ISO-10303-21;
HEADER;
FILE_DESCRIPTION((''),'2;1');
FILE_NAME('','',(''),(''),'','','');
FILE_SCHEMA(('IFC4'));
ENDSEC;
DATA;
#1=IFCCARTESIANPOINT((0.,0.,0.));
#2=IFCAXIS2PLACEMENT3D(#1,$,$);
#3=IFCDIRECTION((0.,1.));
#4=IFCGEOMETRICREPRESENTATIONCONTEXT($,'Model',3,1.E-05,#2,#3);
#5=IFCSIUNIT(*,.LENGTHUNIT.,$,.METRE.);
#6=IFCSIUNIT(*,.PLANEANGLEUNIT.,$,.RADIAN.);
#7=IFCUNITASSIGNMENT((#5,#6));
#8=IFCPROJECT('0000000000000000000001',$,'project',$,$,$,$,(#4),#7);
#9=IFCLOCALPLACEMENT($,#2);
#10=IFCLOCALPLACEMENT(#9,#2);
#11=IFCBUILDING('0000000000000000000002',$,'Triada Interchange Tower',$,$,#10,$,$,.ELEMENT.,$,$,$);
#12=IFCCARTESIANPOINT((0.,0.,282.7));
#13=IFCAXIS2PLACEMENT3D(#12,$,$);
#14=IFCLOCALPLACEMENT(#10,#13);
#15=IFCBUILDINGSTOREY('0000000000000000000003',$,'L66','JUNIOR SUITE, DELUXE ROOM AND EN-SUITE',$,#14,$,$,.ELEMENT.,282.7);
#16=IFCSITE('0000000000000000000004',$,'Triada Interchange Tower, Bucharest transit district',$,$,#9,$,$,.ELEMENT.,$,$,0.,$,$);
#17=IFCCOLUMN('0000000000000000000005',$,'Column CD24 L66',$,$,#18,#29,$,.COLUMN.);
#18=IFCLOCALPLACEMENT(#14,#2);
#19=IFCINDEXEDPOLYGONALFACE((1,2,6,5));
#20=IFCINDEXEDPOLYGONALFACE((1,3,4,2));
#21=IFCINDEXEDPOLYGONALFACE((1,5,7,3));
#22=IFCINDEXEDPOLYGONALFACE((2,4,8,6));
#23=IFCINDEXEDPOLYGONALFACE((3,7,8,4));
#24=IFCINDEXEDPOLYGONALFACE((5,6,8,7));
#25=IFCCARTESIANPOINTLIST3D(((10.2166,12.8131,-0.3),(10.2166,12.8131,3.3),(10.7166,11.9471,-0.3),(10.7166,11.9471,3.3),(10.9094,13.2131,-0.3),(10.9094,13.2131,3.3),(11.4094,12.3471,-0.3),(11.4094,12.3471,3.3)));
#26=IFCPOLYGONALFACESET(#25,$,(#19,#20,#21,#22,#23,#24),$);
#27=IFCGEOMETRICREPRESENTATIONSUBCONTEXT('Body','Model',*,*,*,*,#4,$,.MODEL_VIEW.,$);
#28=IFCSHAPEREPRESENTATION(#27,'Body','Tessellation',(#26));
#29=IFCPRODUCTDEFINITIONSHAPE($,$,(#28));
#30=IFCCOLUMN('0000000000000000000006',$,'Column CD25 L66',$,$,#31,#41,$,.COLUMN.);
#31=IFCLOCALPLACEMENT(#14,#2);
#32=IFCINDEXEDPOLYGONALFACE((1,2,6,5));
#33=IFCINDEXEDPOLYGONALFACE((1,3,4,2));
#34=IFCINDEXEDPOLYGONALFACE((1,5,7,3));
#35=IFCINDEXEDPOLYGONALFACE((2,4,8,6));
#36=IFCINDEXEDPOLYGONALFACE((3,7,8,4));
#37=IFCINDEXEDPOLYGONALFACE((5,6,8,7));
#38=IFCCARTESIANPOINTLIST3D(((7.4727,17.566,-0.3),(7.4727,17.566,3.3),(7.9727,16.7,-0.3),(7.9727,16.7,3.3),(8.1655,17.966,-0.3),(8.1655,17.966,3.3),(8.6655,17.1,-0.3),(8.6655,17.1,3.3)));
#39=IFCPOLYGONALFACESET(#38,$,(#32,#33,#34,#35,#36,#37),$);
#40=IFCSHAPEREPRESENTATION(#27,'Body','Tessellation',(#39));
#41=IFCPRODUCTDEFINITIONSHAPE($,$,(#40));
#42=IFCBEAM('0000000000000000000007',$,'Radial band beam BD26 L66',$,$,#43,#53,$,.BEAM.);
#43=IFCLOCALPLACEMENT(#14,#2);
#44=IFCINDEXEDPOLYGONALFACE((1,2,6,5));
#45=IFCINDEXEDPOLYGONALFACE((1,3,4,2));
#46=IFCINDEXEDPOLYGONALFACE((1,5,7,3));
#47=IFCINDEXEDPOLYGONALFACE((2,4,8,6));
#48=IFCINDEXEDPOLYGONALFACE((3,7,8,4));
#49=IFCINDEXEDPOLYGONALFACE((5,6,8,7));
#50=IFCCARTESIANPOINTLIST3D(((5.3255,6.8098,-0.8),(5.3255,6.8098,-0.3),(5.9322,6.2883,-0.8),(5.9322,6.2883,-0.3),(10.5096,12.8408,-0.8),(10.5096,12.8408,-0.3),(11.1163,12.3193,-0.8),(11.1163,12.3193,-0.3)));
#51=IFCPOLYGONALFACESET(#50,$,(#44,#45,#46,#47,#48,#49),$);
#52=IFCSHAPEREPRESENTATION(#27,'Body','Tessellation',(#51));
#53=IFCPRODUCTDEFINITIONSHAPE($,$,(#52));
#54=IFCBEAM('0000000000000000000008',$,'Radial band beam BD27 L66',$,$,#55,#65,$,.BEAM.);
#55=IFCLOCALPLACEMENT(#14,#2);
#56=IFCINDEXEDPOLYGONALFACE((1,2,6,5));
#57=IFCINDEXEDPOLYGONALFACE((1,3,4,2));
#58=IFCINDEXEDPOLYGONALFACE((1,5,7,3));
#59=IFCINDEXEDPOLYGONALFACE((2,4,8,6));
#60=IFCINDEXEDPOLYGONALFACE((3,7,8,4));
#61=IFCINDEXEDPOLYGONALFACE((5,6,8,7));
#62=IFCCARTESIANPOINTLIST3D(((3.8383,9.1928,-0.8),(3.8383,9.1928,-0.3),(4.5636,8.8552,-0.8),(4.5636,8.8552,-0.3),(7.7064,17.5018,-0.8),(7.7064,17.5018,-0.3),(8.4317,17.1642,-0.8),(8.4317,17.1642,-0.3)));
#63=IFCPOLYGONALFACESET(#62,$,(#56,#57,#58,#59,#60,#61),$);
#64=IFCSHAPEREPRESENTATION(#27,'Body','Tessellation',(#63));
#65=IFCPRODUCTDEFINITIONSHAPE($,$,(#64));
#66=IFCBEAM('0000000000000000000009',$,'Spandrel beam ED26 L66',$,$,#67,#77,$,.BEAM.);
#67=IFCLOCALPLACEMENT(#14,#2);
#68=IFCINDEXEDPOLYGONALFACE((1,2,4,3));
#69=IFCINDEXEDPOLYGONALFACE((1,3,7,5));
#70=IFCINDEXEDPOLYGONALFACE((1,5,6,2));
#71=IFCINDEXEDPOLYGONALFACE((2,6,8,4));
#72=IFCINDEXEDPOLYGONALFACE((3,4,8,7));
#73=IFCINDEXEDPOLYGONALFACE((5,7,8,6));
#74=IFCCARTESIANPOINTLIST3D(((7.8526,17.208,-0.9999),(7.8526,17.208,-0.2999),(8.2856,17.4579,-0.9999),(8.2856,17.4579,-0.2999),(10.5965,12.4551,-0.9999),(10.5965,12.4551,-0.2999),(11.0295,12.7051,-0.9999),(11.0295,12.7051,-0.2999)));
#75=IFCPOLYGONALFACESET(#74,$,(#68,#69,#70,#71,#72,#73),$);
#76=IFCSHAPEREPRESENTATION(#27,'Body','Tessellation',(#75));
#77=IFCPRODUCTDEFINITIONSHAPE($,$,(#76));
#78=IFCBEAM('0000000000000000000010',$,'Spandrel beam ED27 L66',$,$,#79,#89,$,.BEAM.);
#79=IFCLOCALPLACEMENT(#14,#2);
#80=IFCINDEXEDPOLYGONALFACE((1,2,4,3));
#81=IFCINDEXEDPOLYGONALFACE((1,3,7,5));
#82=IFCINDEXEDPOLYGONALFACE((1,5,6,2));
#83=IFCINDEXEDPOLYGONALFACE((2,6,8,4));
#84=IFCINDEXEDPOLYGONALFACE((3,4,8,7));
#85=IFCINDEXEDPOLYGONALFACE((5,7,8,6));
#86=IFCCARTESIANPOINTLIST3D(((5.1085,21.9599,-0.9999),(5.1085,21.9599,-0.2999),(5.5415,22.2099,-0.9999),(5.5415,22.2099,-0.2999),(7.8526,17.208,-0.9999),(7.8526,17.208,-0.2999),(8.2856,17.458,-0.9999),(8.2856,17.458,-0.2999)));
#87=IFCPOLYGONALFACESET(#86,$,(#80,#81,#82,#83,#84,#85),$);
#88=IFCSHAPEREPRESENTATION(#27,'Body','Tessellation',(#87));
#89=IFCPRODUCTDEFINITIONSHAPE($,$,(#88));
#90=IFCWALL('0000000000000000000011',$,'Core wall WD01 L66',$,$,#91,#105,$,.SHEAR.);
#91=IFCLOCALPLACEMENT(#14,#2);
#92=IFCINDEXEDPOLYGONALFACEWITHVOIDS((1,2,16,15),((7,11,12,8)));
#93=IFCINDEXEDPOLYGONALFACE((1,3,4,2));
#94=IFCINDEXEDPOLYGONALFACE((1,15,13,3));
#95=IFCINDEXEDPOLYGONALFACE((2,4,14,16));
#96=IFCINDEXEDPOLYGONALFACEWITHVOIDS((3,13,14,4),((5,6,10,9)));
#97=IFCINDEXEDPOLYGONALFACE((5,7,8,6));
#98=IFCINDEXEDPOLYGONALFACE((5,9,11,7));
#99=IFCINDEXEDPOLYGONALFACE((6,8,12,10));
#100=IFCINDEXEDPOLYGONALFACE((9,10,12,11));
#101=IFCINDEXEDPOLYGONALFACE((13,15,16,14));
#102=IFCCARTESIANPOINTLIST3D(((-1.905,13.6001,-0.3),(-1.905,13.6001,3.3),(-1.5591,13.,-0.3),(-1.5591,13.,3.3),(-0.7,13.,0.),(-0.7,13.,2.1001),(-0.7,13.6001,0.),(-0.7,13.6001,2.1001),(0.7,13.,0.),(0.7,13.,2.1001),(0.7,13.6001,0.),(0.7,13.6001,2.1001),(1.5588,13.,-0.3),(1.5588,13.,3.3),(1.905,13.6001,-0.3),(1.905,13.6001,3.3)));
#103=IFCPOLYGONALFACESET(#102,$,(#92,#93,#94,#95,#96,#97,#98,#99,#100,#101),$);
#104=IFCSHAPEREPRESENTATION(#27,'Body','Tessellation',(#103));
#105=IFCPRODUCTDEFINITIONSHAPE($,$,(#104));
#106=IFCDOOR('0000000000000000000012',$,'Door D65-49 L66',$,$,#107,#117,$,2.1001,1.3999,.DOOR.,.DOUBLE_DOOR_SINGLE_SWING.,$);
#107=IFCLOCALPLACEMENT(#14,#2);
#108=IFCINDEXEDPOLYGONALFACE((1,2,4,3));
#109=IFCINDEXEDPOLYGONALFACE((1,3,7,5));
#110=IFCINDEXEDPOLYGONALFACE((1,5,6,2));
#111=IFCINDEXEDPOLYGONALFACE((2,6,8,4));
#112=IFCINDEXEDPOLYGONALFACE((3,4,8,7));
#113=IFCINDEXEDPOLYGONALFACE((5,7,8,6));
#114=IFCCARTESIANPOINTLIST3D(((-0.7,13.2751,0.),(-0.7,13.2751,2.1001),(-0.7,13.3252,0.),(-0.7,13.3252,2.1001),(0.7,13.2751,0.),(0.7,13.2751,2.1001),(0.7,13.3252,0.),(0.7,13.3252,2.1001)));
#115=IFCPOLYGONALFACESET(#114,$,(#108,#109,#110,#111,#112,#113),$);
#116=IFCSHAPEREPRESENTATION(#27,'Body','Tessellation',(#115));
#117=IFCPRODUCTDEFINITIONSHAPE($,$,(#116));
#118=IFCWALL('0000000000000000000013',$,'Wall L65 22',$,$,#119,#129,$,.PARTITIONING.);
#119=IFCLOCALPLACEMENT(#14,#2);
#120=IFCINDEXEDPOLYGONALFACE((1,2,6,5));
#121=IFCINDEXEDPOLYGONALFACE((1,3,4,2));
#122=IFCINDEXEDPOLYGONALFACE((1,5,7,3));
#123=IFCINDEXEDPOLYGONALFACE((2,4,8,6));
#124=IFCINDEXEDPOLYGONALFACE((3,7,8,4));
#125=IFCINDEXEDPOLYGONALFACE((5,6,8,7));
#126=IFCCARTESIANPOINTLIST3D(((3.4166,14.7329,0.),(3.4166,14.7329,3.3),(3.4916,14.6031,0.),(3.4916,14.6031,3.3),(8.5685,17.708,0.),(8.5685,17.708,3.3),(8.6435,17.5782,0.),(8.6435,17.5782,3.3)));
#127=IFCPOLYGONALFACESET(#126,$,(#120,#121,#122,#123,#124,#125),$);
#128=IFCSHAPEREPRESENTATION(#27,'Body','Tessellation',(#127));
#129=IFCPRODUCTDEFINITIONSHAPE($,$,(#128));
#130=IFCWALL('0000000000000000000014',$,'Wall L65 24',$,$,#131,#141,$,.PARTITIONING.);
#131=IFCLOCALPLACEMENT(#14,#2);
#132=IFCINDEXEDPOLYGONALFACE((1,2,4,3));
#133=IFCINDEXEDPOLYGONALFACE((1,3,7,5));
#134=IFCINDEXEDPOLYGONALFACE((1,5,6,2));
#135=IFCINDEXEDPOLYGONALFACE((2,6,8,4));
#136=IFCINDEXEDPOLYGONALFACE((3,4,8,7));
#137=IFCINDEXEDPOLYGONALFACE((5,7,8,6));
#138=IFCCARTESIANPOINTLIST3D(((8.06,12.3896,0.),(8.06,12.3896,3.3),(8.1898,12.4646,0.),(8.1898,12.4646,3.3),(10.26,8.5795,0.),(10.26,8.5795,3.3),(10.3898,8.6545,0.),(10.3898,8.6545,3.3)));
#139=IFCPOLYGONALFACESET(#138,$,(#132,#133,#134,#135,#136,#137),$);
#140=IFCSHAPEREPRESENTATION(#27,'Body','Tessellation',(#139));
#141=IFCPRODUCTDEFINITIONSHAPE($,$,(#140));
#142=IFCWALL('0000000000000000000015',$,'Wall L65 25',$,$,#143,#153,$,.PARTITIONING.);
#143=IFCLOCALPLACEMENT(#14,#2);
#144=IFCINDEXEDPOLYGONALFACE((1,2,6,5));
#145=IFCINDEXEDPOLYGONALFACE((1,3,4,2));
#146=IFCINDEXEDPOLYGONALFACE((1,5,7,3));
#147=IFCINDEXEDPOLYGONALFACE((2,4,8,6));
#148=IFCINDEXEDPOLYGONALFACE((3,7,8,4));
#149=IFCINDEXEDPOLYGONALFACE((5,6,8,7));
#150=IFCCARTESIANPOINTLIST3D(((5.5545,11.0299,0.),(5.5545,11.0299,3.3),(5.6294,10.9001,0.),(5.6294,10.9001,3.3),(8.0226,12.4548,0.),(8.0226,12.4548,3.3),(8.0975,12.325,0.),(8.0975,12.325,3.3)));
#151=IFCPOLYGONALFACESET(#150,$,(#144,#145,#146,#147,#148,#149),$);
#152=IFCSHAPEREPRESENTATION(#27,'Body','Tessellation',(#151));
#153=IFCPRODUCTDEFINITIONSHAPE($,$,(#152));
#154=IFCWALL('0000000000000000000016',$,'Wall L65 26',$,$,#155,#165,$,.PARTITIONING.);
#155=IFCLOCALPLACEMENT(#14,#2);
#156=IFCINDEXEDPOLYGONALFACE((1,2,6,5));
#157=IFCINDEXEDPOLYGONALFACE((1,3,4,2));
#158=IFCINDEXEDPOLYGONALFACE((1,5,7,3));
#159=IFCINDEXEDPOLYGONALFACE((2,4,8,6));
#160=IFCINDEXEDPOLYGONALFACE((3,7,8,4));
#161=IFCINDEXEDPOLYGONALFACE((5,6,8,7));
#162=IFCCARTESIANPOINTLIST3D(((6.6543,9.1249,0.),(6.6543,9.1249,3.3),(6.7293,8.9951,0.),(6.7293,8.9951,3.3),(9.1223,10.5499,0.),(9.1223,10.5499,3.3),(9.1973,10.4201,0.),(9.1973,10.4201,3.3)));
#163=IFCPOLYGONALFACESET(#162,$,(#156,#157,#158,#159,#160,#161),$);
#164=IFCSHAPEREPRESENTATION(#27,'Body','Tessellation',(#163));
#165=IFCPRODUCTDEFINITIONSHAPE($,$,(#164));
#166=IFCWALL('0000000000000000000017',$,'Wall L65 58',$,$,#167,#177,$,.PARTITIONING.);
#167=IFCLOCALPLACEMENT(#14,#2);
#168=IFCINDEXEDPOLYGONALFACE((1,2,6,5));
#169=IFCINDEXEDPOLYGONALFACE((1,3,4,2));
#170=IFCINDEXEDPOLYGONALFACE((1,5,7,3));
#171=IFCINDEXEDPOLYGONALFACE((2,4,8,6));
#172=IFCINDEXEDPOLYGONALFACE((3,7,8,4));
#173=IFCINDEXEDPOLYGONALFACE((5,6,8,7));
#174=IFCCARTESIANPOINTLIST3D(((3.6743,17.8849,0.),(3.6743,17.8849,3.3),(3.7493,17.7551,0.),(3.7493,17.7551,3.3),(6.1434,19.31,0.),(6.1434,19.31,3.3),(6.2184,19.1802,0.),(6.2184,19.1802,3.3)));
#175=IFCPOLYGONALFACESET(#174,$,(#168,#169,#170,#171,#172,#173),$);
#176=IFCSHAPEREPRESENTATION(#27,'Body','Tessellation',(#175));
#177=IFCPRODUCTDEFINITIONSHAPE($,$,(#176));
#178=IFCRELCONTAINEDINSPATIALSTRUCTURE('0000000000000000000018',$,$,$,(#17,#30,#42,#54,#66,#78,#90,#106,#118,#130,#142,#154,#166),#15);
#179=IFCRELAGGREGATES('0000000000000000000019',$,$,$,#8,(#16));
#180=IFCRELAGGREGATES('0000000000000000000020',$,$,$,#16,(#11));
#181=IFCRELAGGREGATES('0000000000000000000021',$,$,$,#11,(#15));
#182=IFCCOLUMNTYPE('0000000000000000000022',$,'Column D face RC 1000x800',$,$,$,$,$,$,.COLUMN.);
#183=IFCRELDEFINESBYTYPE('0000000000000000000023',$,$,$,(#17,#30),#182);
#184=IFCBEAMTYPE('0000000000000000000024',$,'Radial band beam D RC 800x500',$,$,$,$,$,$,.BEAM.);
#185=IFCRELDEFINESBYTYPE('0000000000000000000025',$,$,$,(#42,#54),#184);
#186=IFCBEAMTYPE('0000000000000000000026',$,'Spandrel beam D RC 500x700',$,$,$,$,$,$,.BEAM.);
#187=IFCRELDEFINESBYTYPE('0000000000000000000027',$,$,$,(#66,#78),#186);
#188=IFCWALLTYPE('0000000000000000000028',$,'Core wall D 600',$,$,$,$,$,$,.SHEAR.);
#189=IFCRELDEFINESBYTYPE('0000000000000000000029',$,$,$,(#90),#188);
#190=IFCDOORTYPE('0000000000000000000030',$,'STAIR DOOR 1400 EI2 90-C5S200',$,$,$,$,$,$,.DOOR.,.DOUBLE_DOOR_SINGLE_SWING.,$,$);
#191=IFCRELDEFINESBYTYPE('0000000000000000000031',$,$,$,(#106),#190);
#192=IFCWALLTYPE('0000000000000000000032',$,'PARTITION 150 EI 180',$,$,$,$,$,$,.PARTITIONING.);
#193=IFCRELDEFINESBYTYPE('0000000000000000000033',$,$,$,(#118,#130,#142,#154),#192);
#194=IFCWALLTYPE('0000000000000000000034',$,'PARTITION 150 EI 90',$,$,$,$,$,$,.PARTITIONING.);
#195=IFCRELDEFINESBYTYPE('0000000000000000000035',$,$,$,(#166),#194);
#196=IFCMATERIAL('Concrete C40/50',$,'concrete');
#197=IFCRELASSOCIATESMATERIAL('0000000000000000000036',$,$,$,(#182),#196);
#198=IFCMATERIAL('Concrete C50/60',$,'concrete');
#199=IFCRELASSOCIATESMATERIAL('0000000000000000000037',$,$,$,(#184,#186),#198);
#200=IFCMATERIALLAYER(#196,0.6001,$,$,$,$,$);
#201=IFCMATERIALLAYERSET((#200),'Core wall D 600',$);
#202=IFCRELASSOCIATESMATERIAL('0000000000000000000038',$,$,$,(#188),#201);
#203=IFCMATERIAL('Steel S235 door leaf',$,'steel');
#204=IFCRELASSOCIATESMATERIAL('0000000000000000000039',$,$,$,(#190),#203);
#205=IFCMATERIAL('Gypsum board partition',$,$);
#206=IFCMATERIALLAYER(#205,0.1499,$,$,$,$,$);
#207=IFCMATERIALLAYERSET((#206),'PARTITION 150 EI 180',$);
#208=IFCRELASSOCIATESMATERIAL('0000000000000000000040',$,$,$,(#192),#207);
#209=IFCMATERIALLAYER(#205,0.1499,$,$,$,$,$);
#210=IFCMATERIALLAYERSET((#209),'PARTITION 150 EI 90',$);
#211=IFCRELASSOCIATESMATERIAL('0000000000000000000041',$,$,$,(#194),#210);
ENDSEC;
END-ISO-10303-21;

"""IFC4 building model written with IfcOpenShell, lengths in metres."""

from ifc_helpers import new_model, si_unit, direction, frame, frame_2d, origin, origin_2d, place, context, subcontext, project, spatial, polyline, rectangle, outline, extrude, material, layer, layer_set, material_profile, profile_set, type_object, element, fill, save


model = new_model("IFC4")

# Units and contexts
model_context = context("Model", 3, precision=1e-05, world=origin(), true_north=direction((0.0, 1.0)))
body_context = subcontext(model_context, "Body", "Model", "MODEL_VIEW")
ifc_project = project(units=[si_unit("LENGTHUNIT", "METRE"), si_unit("PLANEANGLEUNIT", "RADIAN")], contexts=[model_context])

# Site, building, storey
site_placement = place(None, origin())
site = spatial("IfcSite", under=ifc_project, at=site_placement, Name="Triada Interchange Tower, Bucharest transit district", CompositionType="ELEMENT", RefElevation=0.0)
building_placement = place(site_placement, origin())
building = spatial("IfcBuilding", under=site, at=building_placement, Name="Triada Interchange Tower", CompositionType="ELEMENT")
storey_placement = place(building_placement, frame((0.0, 0.0, 282.7)))
storey = spatial("IfcBuildingStorey", under=building, at=storey_placement, Name="L66", Description="JUNIOR SUITE, DELUXE ROOM AND EN-SUITE", CompositionType="ELEMENT", Elevation=282.7)

# Columns
ifc_material_1 = material(Name="Concrete C40/50", Category="concrete")
ifc_material_profile_1 = material_profile(ifc_material_1, rectangle(XDim=1.0, YDim=0.8, at=origin_2d()), Name="RC 1000x800")
ifc_profile_set_1 = profile_set([ifc_material_profile_1], Name="Concrete C40/50")
column_type = type_object("IfcColumnType", Name="Column D face RC 1000x800", PredefinedType="COLUMN", material=ifc_profile_set_1)
for number, where, z_axis, x_axis, name in (
    (1, (10.813, 12.5801, -0.3), (0.0, 0.0, 1.0), (-0.5, 0.866025, 0.0), "Column CD24 L66"),
    (2, (8.0691, 17.333, -0.3), (0.0, 0.0, 1.0), (-0.5, 0.866025, 0.0), "Column CD25 L66"),
):
    element("IfcColumn", number, at=place(storey_placement, frame(where, z_axis=z_axis, x_axis=x_axis)), inside=storey, type_object=column_type, Name=name, PredefinedType="COLUMN", context=body_context, shape_type="SweptSolid", body=[
        extrude(rectangle(XDim=1.0, YDim=0.8, at=origin_2d()), origin(), (0.0, 0.0, 1.0), 3.6001),
    ])

# Beams
ifc_material_2 = material(Name="Concrete C50/60", Category="concrete")
ifc_material_profile_2 = material_profile(ifc_material_2, rectangle(XDim=0.8, YDim=0.5, at=origin_2d()), Name="RC 800x500")
ifc_profile_set_2 = profile_set([ifc_material_profile_2], Name="Concrete C50/60")
beam_type_1 = type_object("IfcBeamType", Name="Radial band beam D RC 800x500", PredefinedType="BEAM", material=ifc_profile_set_2)
beam_1_placement = place(storey_placement, frame((10.813, 12.5801, -0.55), z_axis=(-0.651853, -0.758346, 0.0), x_axis=(0.758346, -0.651853, 0.0)))
element("IfcBeam", 3, at=beam_1_placement, inside=storey, type_object=beam_type_1, Name="Radial band beam BD26 L66", PredefinedType="BEAM", context=body_context, shape_type="SweptSolid", body=[
    extrude(rectangle(XDim=0.8, YDim=0.5, at=origin_2d()), origin(), (0.0, 0.0, 1.0), 7.9529),
])
beam_2_placement = place(storey_placement, frame((8.0691, 17.333, -0.55), z_axis=(-0.422042, -0.906576, 0.0), x_axis=(0.906576, -0.422042, 0.0)))
element("IfcBeam", 4, at=beam_2_placement, inside=storey, type_object=beam_type_1, Name="Radial band beam BD27 L66", PredefinedType="BEAM", context=body_context, shape_type="SweptSolid", body=[
    extrude(rectangle(XDim=0.8, YDim=0.5, at=origin_2d()), origin(), (0.0, 0.0, 1.0), 9.1653),
])
ifc_material_profile_3 = material_profile(ifc_material_2, rectangle(XDim=0.5, YDim=0.7, at=origin_2d()), Name="RC 500x700")
ifc_profile_set_3 = profile_set([ifc_material_profile_3], Name="Concrete C50/60")
beam_type_2 = type_object("IfcBeamType", Name="Spandrel beam D RC 500x700", PredefinedType="BEAM", material=ifc_profile_set_3)
beam_3_placement = place(storey_placement, frame((10.813, 12.5801, -0.6499), z_axis=(-0.499971, 0.866042, 0.0), x_axis=(-0.866042, -0.499971, 0.0)))
element("IfcBeam", 5, at=beam_3_placement, inside=storey, type_object=beam_type_2, Name="Spandrel beam ED26 L66", PredefinedType="BEAM", context=body_context, shape_type="SweptSolid", body=[
    extrude(rectangle(XDim=0.5, YDim=0.7, at=origin_2d()), origin(), (0.0, 0.0, 1.0), 5.488),
])
beam_4_placement = place(storey_placement, frame((8.0691, 17.333, -0.6499), z_axis=(-0.500082, 0.865978, 0.0), x_axis=(-0.865978, -0.500082, 0.0)))
element("IfcBeam", 6, at=beam_4_placement, inside=storey, type_object=beam_type_2, Name="Spandrel beam ED27 L66", PredefinedType="BEAM", context=body_context, shape_type="SweptSolid", body=[
    extrude(rectangle(XDim=0.5, YDim=0.7, at=origin_2d()), origin(), (0.0, 0.0, 1.0), 5.4873),
])

# Wall, opening, door
ifc_layer_1 = layer(ifc_material_1, 0.6001)
ifc_layer_set_1 = layer_set([ifc_layer_1], Name="Core wall D 600")
wall_type_1 = type_object("IfcWallType", Name="Core wall D 600", PredefinedType="SHEAR", material=ifc_layer_set_1)
wall_1_placement = place(storey_placement, frame((1.7319, 13.3, -0.3), z_axis=(0.0, 0.0, 1.0), x_axis=(-1.0, 0.0, 0.0)))
wall_1 = element("IfcWall", 7, at=wall_1_placement, inside=storey, type_object=wall_type_1, Name="Core wall WD01 L66", PredefinedType="SHEAR", context=body_context, shape_type="SweptSolid", body=[
    extrude(outline(polyline([(-0.1731, -0.3), (1.7319, -0.3), (3.637, -0.3), (3.291, 0.3), (1.7319, 0.3), (0.1731, 0.3), (-0.1731, -0.3)])), origin(), (0.0, 0.0, 1.0), 3.6001),
])
opening_placement = place(wall_1_placement, frame((1.032, 0.0, 0.3)))
opening = element("IfcOpeningElement", 8, at=opening_placement, cuts=wall_1, PredefinedType="OPENING", context=body_context, shape_type="SweptSolid", body=[
    extrude(rectangle(XDim=1.3999, YDim=2.1001, at=frame_2d((0.7, 1.05))), frame((0.0, 0.3101, 0.0), z_axis=(0.0, -1.0, 0.0), x_axis=(1.0, 0.0, 0.0)), (0.0, 0.0, 1.0), 0.6201),
])
ifc_material_3 = material(Name="Steel S235 door leaf", Category="steel")
door_type = type_object("IfcDoorType", Name="STAIR DOOR 1400 EI2 90-C5S200", OperationType="DOUBLE_DOOR_SINGLE_SWING", PredefinedType="DOOR", material=ifc_material_3)
door_placement = place(opening_placement, origin())
door = element("IfcDoor", 9, at=door_placement, inside=storey, type_object=door_type, Name="Door D65-49 L66", OperationType="DOUBLE_DOOR_SINGLE_SWING", OverallHeight=2.1001, OverallWidth=1.3999, PredefinedType="DOOR", context=body_context, shape_type="SweptSolid", body=[
    extrude(rectangle(XDim=1.3999, YDim=2.1001, at=frame_2d((0.7, 1.05))), frame((0.0, 0.0249, 0.0), z_axis=(0.0, -1.0, 0.0), x_axis=(1.0, 0.0, 0.0)), (0.0, 0.0, 1.0), 0.05),
])
fill(opening, door)

# Walls
ifc_material_4 = material(Name="Gypsum board partition")
ifc_layer_2 = layer(ifc_material_4, 0.1499)
ifc_layer_set_2 = layer_set([ifc_layer_2], Name="PARTITION 150 EI 180")
wall_type_2 = type_object("IfcWallType", Name="PARTITION 150 EI 180", PredefinedType="PARTITIONING", material=ifc_layer_set_2)
wall_2_placement = place(storey_placement, frame((3.4541, 14.668, 0.0), z_axis=(0.0, 0.0, 1.0), x_axis=(0.865976, 0.500085, 0.0)))
element("IfcWall", 10, at=wall_2_placement, inside=storey, type_object=wall_type_2, Name="Wall L65 22", PredefinedType="PARTITIONING", context=body_context, shape_type="SweptSolid", body=[
    extrude(rectangle(XDim=5.9492, YDim=0.1499, at=frame_2d((2.9746, 0.0))), origin(), (0.0, 0.0, 1.0), 3.3),
])
wall_3_placement = place(storey_placement, frame((8.125, 12.427, 0.0), z_axis=(0.0, 0.0, 1.0), x_axis=(0.500036, -0.866004, 0.0)))
element("IfcWall", 11, at=wall_3_placement, inside=storey, type_object=wall_type_2, Name="Wall L65 24", PredefinedType="PARTITIONING", context=body_context, shape_type="SweptSolid", body=[
    extrude(rectangle(XDim=4.3997, YDim=0.1499, at=frame_2d((2.1997, 0.0))), origin(), (0.0, 0.0, 1.0), 3.3),
])
for number, where, z_axis, x_axis, name in (
    (12, (5.592, 10.9651, 0.0), (0.0, 0.0, 1.0), (0.866041, 0.499972, 0.0), "Wall L65 25"),
    (13, (6.6919, 9.0601, 0.0), (0.0, 0.0, 1.0), (0.866004, 0.500036, 0.0), "Wall L65 26"),
):
    element("IfcWall", number, at=place(storey_placement, frame(where, z_axis=z_axis, x_axis=x_axis)), inside=storey, type_object=wall_type_2, Name=name, PredefinedType="PARTITIONING", context=body_context, shape_type="SweptSolid", body=[
        extrude(rectangle(XDim=2.8499, YDim=0.1499, at=frame_2d((1.4248, 0.0))), origin(), (0.0, 0.0, 1.0), 3.3),
    ])
ifc_layer_3 = layer(ifc_material_4, 0.1499)
ifc_layer_set_3 = layer_set([ifc_layer_3], Name="PARTITION 150 EI 90")
wall_type_3 = type_object("IfcWallType", Name="PARTITION 150 EI 90", PredefinedType="PARTITIONING", material=ifc_layer_set_3)
wall_4_placement = place(storey_placement, frame((3.7119, 17.8201, 0.0), z_axis=(0.0, 0.0, 1.0), x_axis=(0.86609, 0.499888, 0.0)))
element("IfcWall", 14, at=wall_4_placement, inside=storey, type_object=wall_type_3, Name="Wall L65 58", PredefinedType="PARTITIONING", context=body_context, shape_type="SweptSolid", body=[
    extrude(rectangle(XDim=2.8508, YDim=0.1499, at=frame_2d((1.4253, 0.0))), origin(), (0.0, 0.0, 1.0), 3.3),
])

save(model, "model.ifc")
